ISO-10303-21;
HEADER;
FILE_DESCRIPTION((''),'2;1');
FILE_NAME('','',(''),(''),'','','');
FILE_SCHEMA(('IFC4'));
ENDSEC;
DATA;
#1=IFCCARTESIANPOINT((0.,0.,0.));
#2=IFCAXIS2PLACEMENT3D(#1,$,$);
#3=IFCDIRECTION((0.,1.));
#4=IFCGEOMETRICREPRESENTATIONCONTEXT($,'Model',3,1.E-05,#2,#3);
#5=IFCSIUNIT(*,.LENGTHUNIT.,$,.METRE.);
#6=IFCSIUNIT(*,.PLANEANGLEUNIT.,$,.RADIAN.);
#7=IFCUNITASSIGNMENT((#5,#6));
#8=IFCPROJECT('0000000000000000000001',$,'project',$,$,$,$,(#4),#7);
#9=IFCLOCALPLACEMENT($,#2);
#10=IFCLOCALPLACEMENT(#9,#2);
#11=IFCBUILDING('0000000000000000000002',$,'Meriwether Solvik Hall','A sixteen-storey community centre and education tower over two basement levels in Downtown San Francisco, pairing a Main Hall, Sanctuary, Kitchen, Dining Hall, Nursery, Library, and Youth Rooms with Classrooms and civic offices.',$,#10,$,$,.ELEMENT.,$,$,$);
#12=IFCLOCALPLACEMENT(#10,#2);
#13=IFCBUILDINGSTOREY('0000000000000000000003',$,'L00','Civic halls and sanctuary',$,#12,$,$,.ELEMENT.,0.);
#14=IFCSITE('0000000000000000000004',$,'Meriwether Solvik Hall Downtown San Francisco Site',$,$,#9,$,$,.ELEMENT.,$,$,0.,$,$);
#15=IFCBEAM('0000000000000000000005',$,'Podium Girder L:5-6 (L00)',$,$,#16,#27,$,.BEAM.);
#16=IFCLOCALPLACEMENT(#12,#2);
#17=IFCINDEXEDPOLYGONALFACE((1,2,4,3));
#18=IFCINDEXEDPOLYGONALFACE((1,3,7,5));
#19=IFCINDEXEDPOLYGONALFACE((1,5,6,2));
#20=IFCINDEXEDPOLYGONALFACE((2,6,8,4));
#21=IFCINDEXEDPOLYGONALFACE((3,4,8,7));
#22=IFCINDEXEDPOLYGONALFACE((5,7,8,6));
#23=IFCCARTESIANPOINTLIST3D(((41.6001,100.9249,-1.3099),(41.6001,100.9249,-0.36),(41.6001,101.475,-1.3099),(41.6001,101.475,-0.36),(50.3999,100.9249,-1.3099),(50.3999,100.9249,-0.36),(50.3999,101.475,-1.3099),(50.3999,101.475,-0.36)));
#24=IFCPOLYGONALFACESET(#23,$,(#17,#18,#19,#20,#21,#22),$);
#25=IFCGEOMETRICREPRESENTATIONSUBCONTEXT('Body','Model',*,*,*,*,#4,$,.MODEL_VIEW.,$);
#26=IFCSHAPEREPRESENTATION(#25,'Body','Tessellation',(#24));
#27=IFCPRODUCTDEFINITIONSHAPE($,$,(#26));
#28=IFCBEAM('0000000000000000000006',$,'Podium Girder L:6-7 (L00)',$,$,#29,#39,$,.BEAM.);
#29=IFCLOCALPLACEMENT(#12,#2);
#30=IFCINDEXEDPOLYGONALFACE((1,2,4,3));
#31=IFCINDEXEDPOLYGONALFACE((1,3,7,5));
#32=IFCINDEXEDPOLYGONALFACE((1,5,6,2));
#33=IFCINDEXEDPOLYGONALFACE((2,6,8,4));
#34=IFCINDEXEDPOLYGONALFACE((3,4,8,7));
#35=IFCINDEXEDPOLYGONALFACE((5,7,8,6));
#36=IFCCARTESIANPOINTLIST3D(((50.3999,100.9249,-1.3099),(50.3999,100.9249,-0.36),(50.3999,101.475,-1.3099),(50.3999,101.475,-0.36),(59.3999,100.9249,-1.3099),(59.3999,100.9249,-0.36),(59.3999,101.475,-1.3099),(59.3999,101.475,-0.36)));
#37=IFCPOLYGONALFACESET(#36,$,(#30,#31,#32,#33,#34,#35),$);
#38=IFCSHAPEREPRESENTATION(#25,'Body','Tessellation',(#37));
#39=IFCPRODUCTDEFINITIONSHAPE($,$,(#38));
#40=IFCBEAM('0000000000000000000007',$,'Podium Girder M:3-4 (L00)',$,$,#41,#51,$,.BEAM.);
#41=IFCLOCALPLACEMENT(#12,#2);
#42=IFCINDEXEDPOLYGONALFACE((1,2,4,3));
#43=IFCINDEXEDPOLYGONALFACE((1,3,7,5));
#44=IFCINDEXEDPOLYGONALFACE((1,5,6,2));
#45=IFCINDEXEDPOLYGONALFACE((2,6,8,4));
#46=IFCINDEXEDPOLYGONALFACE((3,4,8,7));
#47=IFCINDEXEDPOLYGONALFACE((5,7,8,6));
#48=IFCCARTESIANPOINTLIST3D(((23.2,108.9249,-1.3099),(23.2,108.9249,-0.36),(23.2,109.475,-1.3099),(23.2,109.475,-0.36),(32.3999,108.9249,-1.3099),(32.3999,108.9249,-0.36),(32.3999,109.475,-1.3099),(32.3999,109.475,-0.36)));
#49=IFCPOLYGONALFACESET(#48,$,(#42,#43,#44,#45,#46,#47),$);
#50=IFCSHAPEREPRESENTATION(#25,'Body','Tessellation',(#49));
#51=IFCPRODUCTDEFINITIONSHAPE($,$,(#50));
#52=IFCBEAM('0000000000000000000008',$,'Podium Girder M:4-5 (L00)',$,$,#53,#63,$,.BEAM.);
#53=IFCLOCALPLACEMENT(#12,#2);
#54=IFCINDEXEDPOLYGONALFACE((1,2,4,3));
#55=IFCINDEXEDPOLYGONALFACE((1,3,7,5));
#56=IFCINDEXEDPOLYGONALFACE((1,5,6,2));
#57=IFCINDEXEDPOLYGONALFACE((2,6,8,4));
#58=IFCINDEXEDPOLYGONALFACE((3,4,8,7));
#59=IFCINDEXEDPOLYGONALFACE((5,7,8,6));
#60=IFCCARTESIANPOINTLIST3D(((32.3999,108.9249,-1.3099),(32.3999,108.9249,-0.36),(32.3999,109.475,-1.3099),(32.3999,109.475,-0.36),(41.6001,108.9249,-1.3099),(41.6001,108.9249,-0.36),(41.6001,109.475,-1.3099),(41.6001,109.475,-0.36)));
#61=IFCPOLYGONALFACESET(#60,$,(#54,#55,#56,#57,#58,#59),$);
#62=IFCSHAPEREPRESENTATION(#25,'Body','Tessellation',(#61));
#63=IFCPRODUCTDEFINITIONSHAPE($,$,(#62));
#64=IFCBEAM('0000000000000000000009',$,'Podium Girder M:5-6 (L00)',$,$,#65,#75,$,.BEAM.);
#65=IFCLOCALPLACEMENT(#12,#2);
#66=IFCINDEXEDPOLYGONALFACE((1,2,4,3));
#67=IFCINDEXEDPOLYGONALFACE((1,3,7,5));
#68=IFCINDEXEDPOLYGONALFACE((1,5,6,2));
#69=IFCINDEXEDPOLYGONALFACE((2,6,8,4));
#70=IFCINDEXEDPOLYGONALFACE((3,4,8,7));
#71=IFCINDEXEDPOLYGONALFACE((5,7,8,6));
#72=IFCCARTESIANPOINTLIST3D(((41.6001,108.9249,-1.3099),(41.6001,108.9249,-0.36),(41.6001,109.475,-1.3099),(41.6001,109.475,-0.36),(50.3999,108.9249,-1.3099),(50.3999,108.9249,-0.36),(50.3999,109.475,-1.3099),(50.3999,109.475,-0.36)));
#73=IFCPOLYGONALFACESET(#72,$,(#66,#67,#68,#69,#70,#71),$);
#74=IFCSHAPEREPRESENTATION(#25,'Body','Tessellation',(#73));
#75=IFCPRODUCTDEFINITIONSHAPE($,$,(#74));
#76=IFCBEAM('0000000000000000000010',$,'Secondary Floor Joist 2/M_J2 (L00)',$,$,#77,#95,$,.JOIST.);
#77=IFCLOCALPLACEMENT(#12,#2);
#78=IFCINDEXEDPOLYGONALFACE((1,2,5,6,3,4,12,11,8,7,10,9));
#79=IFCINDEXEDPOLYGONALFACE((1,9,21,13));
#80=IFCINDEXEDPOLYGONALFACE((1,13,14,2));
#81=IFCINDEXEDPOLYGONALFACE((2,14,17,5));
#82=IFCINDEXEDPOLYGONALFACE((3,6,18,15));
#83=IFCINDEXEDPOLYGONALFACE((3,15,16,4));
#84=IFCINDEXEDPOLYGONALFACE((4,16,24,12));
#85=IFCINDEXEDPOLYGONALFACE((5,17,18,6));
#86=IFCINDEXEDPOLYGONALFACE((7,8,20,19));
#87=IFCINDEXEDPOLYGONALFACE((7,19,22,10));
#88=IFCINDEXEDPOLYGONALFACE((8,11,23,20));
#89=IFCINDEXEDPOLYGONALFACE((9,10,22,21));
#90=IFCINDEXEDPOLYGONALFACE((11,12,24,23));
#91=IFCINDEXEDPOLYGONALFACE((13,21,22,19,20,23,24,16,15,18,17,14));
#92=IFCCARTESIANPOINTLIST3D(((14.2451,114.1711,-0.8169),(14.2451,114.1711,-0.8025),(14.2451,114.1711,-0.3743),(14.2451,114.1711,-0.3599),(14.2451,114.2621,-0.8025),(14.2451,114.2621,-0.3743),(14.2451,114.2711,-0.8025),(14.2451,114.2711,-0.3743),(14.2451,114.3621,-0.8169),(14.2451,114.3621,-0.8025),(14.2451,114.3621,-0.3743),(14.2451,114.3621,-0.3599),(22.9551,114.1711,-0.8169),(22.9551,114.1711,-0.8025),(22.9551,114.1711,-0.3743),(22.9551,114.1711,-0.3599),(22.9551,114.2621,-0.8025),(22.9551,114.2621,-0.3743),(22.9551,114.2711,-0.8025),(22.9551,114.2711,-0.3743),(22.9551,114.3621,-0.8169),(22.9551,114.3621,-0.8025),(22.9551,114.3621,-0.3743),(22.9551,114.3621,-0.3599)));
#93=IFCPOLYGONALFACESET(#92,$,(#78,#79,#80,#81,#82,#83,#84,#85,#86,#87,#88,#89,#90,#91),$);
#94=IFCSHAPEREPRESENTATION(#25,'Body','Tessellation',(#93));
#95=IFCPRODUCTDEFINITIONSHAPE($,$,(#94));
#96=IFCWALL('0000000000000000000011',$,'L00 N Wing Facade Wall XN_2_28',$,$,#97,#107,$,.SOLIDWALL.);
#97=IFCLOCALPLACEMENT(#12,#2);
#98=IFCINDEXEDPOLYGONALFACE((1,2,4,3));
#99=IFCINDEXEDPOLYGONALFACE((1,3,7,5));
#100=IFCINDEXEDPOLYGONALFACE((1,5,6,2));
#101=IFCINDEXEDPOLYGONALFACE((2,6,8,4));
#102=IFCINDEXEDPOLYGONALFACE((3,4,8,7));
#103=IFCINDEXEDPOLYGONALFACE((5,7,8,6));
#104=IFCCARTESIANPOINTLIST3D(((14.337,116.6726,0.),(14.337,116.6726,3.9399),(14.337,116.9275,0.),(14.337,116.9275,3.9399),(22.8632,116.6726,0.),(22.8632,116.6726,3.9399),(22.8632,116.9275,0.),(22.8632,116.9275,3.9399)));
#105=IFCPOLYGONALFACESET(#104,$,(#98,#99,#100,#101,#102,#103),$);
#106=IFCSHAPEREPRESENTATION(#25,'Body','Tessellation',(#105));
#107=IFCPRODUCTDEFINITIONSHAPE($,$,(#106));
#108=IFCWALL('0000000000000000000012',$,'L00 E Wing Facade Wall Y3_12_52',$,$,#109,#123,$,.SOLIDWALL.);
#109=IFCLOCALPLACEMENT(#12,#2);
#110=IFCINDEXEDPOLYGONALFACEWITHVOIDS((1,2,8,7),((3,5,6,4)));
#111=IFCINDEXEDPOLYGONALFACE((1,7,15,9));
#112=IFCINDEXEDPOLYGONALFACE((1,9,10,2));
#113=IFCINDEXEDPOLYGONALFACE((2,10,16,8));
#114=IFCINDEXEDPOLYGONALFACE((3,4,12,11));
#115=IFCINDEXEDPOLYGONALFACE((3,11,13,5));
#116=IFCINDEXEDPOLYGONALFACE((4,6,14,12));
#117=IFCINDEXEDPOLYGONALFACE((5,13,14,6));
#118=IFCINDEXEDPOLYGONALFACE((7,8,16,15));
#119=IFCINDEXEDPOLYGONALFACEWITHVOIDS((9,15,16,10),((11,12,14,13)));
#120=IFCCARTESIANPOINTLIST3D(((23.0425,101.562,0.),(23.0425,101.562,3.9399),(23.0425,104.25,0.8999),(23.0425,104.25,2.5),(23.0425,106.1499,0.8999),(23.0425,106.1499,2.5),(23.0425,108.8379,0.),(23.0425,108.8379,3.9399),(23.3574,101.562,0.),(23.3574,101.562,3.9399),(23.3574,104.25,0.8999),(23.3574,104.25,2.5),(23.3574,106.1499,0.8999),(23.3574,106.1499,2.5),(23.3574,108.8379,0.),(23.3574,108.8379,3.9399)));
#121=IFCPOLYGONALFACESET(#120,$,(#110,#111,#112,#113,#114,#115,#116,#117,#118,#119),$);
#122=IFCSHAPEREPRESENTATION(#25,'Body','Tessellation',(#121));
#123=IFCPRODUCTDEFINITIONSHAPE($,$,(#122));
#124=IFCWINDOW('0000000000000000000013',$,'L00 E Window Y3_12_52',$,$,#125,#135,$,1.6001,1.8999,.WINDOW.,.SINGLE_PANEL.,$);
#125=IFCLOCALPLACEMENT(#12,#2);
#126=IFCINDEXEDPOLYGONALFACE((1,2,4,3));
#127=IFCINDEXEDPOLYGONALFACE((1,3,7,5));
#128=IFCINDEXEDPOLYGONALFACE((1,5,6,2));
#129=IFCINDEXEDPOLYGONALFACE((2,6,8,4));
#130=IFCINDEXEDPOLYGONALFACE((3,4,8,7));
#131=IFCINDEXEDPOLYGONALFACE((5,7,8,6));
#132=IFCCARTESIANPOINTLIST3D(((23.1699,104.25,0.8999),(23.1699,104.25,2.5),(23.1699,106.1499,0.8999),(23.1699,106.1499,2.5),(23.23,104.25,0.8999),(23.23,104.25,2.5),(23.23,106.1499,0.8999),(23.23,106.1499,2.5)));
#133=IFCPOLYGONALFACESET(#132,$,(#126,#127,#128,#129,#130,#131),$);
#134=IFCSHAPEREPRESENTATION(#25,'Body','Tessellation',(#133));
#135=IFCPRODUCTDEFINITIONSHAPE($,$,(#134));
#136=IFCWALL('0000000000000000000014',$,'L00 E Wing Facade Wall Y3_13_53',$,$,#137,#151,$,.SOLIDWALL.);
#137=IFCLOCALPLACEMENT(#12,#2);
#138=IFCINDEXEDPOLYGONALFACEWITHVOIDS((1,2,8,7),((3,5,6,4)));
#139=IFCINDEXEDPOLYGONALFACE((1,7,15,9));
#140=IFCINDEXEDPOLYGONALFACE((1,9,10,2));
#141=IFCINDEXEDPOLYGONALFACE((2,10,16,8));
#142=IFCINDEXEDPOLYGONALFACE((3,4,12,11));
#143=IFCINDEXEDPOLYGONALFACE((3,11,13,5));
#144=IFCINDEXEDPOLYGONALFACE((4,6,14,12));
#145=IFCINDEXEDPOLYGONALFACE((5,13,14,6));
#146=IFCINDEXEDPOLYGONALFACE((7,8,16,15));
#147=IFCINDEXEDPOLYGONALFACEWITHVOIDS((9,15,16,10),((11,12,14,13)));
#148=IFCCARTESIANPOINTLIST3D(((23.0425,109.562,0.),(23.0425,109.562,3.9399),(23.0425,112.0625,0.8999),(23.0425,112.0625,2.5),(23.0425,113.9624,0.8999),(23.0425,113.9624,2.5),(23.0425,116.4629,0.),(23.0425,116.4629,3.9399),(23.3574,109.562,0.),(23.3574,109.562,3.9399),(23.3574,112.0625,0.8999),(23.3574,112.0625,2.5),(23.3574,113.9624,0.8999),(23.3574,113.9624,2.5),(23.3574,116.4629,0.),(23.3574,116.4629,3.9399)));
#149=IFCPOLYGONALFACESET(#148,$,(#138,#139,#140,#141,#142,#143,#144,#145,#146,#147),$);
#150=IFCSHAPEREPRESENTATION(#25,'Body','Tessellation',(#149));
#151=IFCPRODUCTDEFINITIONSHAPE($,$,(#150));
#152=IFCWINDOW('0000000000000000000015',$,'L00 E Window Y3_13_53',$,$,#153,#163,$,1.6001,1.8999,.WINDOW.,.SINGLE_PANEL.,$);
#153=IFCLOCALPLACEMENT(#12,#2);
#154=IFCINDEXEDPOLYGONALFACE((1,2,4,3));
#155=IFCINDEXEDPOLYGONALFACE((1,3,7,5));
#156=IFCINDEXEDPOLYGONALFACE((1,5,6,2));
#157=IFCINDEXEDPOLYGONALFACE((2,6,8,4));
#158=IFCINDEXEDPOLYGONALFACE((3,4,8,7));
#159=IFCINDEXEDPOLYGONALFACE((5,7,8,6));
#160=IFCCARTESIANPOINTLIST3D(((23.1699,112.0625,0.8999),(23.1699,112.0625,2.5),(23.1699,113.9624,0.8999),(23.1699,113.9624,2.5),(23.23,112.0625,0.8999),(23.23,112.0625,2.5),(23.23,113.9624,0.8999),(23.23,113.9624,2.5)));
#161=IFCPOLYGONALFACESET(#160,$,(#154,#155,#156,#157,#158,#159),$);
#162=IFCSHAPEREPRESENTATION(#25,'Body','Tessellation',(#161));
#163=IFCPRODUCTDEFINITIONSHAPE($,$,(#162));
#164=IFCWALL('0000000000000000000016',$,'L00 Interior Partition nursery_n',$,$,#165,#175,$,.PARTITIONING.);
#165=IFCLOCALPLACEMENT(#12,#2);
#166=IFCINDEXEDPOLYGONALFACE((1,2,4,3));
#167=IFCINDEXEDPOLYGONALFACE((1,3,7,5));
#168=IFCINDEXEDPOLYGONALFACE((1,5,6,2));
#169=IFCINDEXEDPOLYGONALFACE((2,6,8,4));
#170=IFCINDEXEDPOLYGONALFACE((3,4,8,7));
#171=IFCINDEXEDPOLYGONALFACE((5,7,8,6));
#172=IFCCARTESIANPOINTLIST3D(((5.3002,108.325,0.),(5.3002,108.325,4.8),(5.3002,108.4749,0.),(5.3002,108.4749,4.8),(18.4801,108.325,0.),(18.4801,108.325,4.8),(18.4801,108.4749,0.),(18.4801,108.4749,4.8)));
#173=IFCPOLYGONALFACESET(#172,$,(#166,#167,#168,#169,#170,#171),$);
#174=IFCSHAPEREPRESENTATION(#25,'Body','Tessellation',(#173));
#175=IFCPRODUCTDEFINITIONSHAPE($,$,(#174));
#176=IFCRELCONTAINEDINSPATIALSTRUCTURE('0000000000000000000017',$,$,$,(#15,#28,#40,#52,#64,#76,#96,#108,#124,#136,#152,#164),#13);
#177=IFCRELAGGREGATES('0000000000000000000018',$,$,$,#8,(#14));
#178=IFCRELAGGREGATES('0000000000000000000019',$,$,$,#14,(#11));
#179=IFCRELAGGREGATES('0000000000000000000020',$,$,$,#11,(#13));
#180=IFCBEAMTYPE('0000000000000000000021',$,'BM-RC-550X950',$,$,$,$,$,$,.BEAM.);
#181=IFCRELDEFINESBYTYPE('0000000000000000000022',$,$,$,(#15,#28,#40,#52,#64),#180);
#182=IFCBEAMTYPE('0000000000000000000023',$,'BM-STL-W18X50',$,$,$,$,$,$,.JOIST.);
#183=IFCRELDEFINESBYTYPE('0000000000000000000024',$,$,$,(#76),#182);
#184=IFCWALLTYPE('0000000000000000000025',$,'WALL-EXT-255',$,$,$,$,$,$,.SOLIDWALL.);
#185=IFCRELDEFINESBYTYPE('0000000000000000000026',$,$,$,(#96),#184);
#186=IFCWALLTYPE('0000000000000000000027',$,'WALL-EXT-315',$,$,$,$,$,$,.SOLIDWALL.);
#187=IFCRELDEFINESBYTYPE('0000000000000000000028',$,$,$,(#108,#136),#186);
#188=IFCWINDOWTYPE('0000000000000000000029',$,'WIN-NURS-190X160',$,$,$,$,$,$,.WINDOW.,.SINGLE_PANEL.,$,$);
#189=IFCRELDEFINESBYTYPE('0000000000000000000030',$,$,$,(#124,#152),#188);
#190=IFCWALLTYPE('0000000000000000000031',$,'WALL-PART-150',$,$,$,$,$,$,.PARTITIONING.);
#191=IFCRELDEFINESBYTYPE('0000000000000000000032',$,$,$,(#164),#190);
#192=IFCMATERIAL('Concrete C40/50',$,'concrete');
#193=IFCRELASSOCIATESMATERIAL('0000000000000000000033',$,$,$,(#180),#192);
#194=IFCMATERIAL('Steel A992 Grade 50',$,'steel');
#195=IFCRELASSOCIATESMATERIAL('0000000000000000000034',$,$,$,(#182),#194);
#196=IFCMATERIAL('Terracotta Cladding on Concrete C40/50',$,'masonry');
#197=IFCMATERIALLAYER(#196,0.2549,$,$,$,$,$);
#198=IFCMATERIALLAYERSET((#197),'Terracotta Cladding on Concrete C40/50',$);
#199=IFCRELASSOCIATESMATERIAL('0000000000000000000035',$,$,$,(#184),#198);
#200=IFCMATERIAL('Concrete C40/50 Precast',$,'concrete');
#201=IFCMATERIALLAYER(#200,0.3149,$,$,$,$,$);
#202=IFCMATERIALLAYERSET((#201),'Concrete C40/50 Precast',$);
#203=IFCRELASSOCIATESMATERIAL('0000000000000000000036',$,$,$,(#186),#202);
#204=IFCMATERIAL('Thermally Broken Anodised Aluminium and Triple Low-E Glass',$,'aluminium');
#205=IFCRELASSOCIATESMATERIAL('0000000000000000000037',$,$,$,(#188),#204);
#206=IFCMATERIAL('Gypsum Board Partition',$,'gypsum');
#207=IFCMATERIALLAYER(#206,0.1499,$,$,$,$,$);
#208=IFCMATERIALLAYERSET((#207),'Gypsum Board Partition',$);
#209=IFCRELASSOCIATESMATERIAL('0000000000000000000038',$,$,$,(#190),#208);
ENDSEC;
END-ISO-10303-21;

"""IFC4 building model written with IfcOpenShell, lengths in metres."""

from ifc_helpers import new_model, si_unit, direction, frame, frame_2d, origin, origin_2d, place, context, subcontext, project, spatial, rectangle, i_section, extrude, material, layer, layer_set, material_profile, profile_set, type_object, element, fill, save


model = new_model("IFC4")

# Units and contexts
model_context = context("Model", 3, precision=1e-05, world=origin(), true_north=direction((0.0, 1.0)))
body_context = subcontext(model_context, "Body", "Model", "MODEL_VIEW")
ifc_project = project(units=[si_unit("LENGTHUNIT", "METRE"), si_unit("PLANEANGLEUNIT", "RADIAN")], contexts=[model_context])

# Site, building, storey
site_placement = place(None, origin())
site = spatial("IfcSite", under=ifc_project, at=site_placement, Name="Meriwether Solvik Hall Downtown San Francisco Site", CompositionType="ELEMENT", RefElevation=0.0)
building_placement = place(site_placement, origin())
building = spatial("IfcBuilding", under=site, at=building_placement, Name="Meriwether Solvik Hall", Description="A sixteen-storey community centre and education tower over two basement levels in Downtown San Francisco, pairing a Main Hall, Sanctuary, Kitchen, Dining Hall, Nursery, Library, and Youth Rooms with Classrooms and civic offices.", CompositionType="ELEMENT")
storey_placement = place(building_placement, origin())
storey = spatial("IfcBuildingStorey", under=building, at=storey_placement, Name="L00", Description="Civic halls and sanctuary", CompositionType="ELEMENT", Elevation=0.0)

# Beams
ifc_material_1 = material(Name="Concrete C40/50", Category="concrete")
ifc_material_profile_1 = material_profile(ifc_material_1, rectangle(XDim=0.55, YDim=0.95, at=origin_2d()), Name="RCB-550X950")
ifc_profile_set_1 = profile_set([ifc_material_profile_1], Name="Concrete C40/50")
beam_type_1 = type_object("IfcBeamType", Name="BM-RC-550X950", PredefinedType="BEAM", material=ifc_profile_set_1)
beam_1_placement = place(storey_placement, frame((41.6001, 101.2, -0.835), z_axis=(1.0, 0.0, 0.0), x_axis=(0.0, 1.0, 0.0)))
element("IfcBeam", 1, at=beam_1_placement, inside=storey, type_object=beam_type_1, Name="Podium Girder L:5-6 (L00)", PredefinedType="BEAM", context=body_context, shape_type="SweptSolid", body=[
    extrude(rectangle(XDim=0.55, YDim=0.95, at=origin_2d()), origin(), (0.0, 0.0, 1.0), 8.7998),
])
beam_2_placement = place(storey_placement, frame((50.3999, 101.2, -0.835), z_axis=(1.0, 0.0, 0.0), x_axis=(0.0, 1.0, 0.0)))
element("IfcBeam", 2, at=beam_2_placement, inside=storey, type_object=beam_type_1, Name="Podium Girder L:6-7 (L00)", PredefinedType="BEAM", context=body_context, shape_type="SweptSolid", body=[
    extrude(rectangle(XDim=0.55, YDim=0.95, at=origin_2d()), origin(), (0.0, 0.0, 1.0), 9.0),
])
beam_3_placement = place(storey_placement, frame((23.2, 109.2, -0.835), z_axis=(1.0, 0.0, 0.0), x_axis=(0.0, 1.0, 0.0)))
element("IfcBeam", 3, at=beam_3_placement, inside=storey, type_object=beam_type_1, Name="Podium Girder M:3-4 (L00)", PredefinedType="BEAM", context=body_context, shape_type="SweptSolid", body=[
    extrude(rectangle(XDim=0.55, YDim=0.95, at=origin_2d()), origin(), (0.0, 0.0, 1.0), 9.2),
])
beam_4_placement = place(storey_placement, frame((32.3999, 109.2, -0.835), z_axis=(1.0, 0.0, 0.0), x_axis=(0.0, 1.0, 0.0)))
element("IfcBeam", 4, at=beam_4_placement, inside=storey, type_object=beam_type_1, Name="Podium Girder M:4-5 (L00)", PredefinedType="BEAM", context=body_context, shape_type="SweptSolid", body=[
    extrude(rectangle(XDim=0.55, YDim=0.95, at=origin_2d()), origin(), (0.0, 0.0, 1.0), 9.2002),
])
beam_5_placement = place(storey_placement, frame((41.6001, 109.2, -0.835), z_axis=(1.0, 0.0, 0.0), x_axis=(0.0, 1.0, 0.0)))
element("IfcBeam", 5, at=beam_5_placement, inside=storey, type_object=beam_type_1, Name="Podium Girder M:5-6 (L00)", PredefinedType="BEAM", context=body_context, shape_type="SweptSolid", body=[
    extrude(rectangle(XDim=0.55, YDim=0.95, at=origin_2d()), origin(), (0.0, 0.0, 1.0), 8.7998),
])
ifc_material_2 = material(Name="Steel A992 Grade 50", Category="steel")
ifc_material_profile_2 = material_profile(ifc_material_2, i_section(OverallWidth=0.1909, OverallDepth=0.457, WebThickness=0.009, FlangeThickness=0.0144, at=origin_2d()), Name="W18X50")
ifc_profile_set_2 = profile_set([ifc_material_profile_2], Name="Steel A992 Grade 50")
beam_type_2 = type_object("IfcBeamType", Name="BM-STL-W18X50", PredefinedType="JOIST", material=ifc_profile_set_2)
beam_6_placement = place(storey_placement, frame((14.2451, 114.2666, -0.5884), z_axis=(1.0, 0.0, 0.0), x_axis=(0.0, 1.0, 0.0)))
element("IfcBeam", 6, at=beam_6_placement, inside=storey, type_object=beam_type_2, Name="Secondary Floor Joist 2/M_J2 (L00)", PredefinedType="JOIST", context=body_context, shape_type="SweptSolid", body=[
    extrude(i_section(OverallWidth=0.1909, OverallDepth=0.457, WebThickness=0.009, FlangeThickness=0.0144, at=origin_2d()), origin(), (0.0, 0.0, 1.0), 8.71),
])

# Wall
ifc_material_3 = material(Name="Terracotta Cladding on Concrete C40/50", Category="masonry")
ifc_layer_1 = layer(ifc_material_3, 0.2549)
ifc_layer_set_1 = layer_set([ifc_layer_1], Name="Terracotta Cladding on Concrete C40/50")
wall_type_1 = type_object("IfcWallType", Name="WALL-EXT-255", PredefinedType="SOLIDWALL", material=ifc_layer_set_1)
wall_1_placement = place(storey_placement, frame((14.3369, 116.8, 0.0), z_axis=(0.0, 0.0, 1.0), x_axis=(1.0, 0.0, 0.0)))
element("IfcWall", 7, at=wall_1_placement, inside=storey, type_object=wall_type_1, Name="L00 N Wing Facade Wall XN_2_28", PredefinedType="SOLIDWALL", context=body_context, shape_type="SweptSolid", body=[
    extrude(rectangle(XDim=8.5261, YDim=0.2549, at=frame_2d((4.2632, 0.0))), origin(), (0.0, 0.0, 1.0), 3.9399),
])

# Walls, openings, windows
ifc_material_4 = material(Name="Concrete C40/50 Precast", Category="concrete")
ifc_layer_2 = layer(ifc_material_4, 0.3149)
ifc_layer_set_2 = layer_set([ifc_layer_2], Name="Concrete C40/50 Precast")
wall_type_2 = type_object("IfcWallType", Name="WALL-EXT-315", PredefinedType="SOLIDWALL", material=ifc_layer_set_2)
wall_2_placement = place(storey_placement, frame((23.2, 108.8379, 0.0), z_axis=(0.0, 0.0, 1.0), x_axis=(0.0, -1.0, 0.0)))
wall_2 = element("IfcWall", 8, at=wall_2_placement, inside=storey, type_object=wall_type_2, Name="L00 E Wing Facade Wall Y3_12_52", PredefinedType="SOLIDWALL", context=body_context, shape_type="SweptSolid", body=[
    extrude(rectangle(XDim=7.2759, YDim=0.3149, at=frame_2d((3.6379, 0.0))), origin(), (0.0, 0.0, 1.0), 3.9399),
])
opening_1_placement = place(wall_2_placement, frame((2.688, 0.0, 0.8999)))
opening_1 = element("IfcOpeningElement", 9, at=opening_1_placement, cuts=wall_2, PredefinedType="OPENING", context=body_context, shape_type="SweptSolid", body=[
    extrude(rectangle(XDim=1.8999, YDim=1.6001, at=frame_2d((0.95, 0.8))), frame((0.0, 0.1694, 0.0), z_axis=(0.0, -1.0, 0.0), x_axis=(1.0, 0.0, 0.0)), (0.0, 0.0, 1.0), 0.3389),
])
ifc_material_5 = material(Name="Thermally Broken Anodised Aluminium and Triple Low-E Glass", Category="aluminium")
window_type = type_object("IfcWindowType", Name="WIN-NURS-190X160", PartitioningType="SINGLE_PANEL", PredefinedType="WINDOW", material=ifc_material_5)
window_1_placement = place(opening_1_placement, origin())
window_1 = element("IfcWindow", 10, at=window_1_placement, inside=storey, type_object=window_type, Name="L00 E Window Y3_12_52", OverallHeight=1.6001, OverallWidth=1.8999, PartitioningType="SINGLE_PANEL", PredefinedType="WINDOW", context=body_context, shape_type="SweptSolid", body=[
    extrude(rectangle(XDim=1.8999, YDim=1.6001, at=frame_2d((0.95, 0.8))), frame((0.0, 0.03, 0.0), z_axis=(0.0, -1.0, 0.0), x_axis=(1.0, 0.0, 0.0)), (0.0, 0.0, 1.0), 0.0601),
])
fill(opening_1, window_1)
wall_3_placement = place(storey_placement, frame((23.2, 116.4629, 0.0), z_axis=(0.0, 0.0, 1.0), x_axis=(0.0, -1.0, 0.0)))
wall_3 = element("IfcWall", 11, at=wall_3_placement, inside=storey, type_object=wall_type_2, Name="L00 E Wing Facade Wall Y3_13_53", PredefinedType="SOLIDWALL", context=body_context, shape_type="SweptSolid", body=[
    extrude(rectangle(XDim=6.9009, YDim=0.3149, at=frame_2d((3.4504, 0.0))), origin(), (0.0, 0.0, 1.0), 3.9399),
])
opening_2_placement = place(wall_3_placement, frame((2.5005, 0.0, 0.8999)))
opening_2 = element("IfcOpeningElement", 12, at=opening_2_placement, cuts=wall_3, PredefinedType="OPENING", context=body_context, shape_type="SweptSolid", body=[
    extrude(rectangle(XDim=1.8999, YDim=1.6001, at=frame_2d((0.95, 0.8))), frame((0.0, 0.1694, 0.0), z_axis=(0.0, -1.0, 0.0), x_axis=(1.0, 0.0, 0.0)), (0.0, 0.0, 1.0), 0.3389),
])
window_2_placement = place(opening_2_placement, origin())
window_2 = element("IfcWindow", 13, at=window_2_placement, inside=storey, type_object=window_type, Name="L00 E Window Y3_13_53", OverallHeight=1.6001, OverallWidth=1.8999, PartitioningType="SINGLE_PANEL", PredefinedType="WINDOW", context=body_context, shape_type="SweptSolid", body=[
    extrude(rectangle(XDim=1.8999, YDim=1.6001, at=frame_2d((0.95, 0.8))), frame((0.0, 0.03, 0.0), z_axis=(0.0, -1.0, 0.0), x_axis=(1.0, 0.0, 0.0)), (0.0, 0.0, 1.0), 0.0601),
])
fill(opening_2, window_2)

# Wall
ifc_material_6 = material(Name="Gypsum Board Partition", Category="gypsum")
ifc_layer_3 = layer(ifc_material_6, 0.1499)
ifc_layer_set_3 = layer_set([ifc_layer_3], Name="Gypsum Board Partition")
wall_type_3 = type_object("IfcWallType", Name="WALL-PART-150", PredefinedType="PARTITIONING", material=ifc_layer_set_3)
wall_4_placement = place(storey_placement, frame((18.48, 108.3999, 0.0), z_axis=(0.0, 0.0, 1.0), x_axis=(-1.0, 0.0, 0.0)))
element("IfcWall", 14, at=wall_4_placement, inside=storey, type_object=wall_type_3, Name="L00 Interior Partition nursery_n", PredefinedType="PARTITIONING", context=body_context, shape_type="SweptSolid", body=[
    extrude(rectangle(XDim=13.1799, YDim=0.1499, at=frame_2d((6.5898, 0.0))), origin(), (0.0, 0.0, 1.0), 4.8),
])

save(model, "model.ifc")
